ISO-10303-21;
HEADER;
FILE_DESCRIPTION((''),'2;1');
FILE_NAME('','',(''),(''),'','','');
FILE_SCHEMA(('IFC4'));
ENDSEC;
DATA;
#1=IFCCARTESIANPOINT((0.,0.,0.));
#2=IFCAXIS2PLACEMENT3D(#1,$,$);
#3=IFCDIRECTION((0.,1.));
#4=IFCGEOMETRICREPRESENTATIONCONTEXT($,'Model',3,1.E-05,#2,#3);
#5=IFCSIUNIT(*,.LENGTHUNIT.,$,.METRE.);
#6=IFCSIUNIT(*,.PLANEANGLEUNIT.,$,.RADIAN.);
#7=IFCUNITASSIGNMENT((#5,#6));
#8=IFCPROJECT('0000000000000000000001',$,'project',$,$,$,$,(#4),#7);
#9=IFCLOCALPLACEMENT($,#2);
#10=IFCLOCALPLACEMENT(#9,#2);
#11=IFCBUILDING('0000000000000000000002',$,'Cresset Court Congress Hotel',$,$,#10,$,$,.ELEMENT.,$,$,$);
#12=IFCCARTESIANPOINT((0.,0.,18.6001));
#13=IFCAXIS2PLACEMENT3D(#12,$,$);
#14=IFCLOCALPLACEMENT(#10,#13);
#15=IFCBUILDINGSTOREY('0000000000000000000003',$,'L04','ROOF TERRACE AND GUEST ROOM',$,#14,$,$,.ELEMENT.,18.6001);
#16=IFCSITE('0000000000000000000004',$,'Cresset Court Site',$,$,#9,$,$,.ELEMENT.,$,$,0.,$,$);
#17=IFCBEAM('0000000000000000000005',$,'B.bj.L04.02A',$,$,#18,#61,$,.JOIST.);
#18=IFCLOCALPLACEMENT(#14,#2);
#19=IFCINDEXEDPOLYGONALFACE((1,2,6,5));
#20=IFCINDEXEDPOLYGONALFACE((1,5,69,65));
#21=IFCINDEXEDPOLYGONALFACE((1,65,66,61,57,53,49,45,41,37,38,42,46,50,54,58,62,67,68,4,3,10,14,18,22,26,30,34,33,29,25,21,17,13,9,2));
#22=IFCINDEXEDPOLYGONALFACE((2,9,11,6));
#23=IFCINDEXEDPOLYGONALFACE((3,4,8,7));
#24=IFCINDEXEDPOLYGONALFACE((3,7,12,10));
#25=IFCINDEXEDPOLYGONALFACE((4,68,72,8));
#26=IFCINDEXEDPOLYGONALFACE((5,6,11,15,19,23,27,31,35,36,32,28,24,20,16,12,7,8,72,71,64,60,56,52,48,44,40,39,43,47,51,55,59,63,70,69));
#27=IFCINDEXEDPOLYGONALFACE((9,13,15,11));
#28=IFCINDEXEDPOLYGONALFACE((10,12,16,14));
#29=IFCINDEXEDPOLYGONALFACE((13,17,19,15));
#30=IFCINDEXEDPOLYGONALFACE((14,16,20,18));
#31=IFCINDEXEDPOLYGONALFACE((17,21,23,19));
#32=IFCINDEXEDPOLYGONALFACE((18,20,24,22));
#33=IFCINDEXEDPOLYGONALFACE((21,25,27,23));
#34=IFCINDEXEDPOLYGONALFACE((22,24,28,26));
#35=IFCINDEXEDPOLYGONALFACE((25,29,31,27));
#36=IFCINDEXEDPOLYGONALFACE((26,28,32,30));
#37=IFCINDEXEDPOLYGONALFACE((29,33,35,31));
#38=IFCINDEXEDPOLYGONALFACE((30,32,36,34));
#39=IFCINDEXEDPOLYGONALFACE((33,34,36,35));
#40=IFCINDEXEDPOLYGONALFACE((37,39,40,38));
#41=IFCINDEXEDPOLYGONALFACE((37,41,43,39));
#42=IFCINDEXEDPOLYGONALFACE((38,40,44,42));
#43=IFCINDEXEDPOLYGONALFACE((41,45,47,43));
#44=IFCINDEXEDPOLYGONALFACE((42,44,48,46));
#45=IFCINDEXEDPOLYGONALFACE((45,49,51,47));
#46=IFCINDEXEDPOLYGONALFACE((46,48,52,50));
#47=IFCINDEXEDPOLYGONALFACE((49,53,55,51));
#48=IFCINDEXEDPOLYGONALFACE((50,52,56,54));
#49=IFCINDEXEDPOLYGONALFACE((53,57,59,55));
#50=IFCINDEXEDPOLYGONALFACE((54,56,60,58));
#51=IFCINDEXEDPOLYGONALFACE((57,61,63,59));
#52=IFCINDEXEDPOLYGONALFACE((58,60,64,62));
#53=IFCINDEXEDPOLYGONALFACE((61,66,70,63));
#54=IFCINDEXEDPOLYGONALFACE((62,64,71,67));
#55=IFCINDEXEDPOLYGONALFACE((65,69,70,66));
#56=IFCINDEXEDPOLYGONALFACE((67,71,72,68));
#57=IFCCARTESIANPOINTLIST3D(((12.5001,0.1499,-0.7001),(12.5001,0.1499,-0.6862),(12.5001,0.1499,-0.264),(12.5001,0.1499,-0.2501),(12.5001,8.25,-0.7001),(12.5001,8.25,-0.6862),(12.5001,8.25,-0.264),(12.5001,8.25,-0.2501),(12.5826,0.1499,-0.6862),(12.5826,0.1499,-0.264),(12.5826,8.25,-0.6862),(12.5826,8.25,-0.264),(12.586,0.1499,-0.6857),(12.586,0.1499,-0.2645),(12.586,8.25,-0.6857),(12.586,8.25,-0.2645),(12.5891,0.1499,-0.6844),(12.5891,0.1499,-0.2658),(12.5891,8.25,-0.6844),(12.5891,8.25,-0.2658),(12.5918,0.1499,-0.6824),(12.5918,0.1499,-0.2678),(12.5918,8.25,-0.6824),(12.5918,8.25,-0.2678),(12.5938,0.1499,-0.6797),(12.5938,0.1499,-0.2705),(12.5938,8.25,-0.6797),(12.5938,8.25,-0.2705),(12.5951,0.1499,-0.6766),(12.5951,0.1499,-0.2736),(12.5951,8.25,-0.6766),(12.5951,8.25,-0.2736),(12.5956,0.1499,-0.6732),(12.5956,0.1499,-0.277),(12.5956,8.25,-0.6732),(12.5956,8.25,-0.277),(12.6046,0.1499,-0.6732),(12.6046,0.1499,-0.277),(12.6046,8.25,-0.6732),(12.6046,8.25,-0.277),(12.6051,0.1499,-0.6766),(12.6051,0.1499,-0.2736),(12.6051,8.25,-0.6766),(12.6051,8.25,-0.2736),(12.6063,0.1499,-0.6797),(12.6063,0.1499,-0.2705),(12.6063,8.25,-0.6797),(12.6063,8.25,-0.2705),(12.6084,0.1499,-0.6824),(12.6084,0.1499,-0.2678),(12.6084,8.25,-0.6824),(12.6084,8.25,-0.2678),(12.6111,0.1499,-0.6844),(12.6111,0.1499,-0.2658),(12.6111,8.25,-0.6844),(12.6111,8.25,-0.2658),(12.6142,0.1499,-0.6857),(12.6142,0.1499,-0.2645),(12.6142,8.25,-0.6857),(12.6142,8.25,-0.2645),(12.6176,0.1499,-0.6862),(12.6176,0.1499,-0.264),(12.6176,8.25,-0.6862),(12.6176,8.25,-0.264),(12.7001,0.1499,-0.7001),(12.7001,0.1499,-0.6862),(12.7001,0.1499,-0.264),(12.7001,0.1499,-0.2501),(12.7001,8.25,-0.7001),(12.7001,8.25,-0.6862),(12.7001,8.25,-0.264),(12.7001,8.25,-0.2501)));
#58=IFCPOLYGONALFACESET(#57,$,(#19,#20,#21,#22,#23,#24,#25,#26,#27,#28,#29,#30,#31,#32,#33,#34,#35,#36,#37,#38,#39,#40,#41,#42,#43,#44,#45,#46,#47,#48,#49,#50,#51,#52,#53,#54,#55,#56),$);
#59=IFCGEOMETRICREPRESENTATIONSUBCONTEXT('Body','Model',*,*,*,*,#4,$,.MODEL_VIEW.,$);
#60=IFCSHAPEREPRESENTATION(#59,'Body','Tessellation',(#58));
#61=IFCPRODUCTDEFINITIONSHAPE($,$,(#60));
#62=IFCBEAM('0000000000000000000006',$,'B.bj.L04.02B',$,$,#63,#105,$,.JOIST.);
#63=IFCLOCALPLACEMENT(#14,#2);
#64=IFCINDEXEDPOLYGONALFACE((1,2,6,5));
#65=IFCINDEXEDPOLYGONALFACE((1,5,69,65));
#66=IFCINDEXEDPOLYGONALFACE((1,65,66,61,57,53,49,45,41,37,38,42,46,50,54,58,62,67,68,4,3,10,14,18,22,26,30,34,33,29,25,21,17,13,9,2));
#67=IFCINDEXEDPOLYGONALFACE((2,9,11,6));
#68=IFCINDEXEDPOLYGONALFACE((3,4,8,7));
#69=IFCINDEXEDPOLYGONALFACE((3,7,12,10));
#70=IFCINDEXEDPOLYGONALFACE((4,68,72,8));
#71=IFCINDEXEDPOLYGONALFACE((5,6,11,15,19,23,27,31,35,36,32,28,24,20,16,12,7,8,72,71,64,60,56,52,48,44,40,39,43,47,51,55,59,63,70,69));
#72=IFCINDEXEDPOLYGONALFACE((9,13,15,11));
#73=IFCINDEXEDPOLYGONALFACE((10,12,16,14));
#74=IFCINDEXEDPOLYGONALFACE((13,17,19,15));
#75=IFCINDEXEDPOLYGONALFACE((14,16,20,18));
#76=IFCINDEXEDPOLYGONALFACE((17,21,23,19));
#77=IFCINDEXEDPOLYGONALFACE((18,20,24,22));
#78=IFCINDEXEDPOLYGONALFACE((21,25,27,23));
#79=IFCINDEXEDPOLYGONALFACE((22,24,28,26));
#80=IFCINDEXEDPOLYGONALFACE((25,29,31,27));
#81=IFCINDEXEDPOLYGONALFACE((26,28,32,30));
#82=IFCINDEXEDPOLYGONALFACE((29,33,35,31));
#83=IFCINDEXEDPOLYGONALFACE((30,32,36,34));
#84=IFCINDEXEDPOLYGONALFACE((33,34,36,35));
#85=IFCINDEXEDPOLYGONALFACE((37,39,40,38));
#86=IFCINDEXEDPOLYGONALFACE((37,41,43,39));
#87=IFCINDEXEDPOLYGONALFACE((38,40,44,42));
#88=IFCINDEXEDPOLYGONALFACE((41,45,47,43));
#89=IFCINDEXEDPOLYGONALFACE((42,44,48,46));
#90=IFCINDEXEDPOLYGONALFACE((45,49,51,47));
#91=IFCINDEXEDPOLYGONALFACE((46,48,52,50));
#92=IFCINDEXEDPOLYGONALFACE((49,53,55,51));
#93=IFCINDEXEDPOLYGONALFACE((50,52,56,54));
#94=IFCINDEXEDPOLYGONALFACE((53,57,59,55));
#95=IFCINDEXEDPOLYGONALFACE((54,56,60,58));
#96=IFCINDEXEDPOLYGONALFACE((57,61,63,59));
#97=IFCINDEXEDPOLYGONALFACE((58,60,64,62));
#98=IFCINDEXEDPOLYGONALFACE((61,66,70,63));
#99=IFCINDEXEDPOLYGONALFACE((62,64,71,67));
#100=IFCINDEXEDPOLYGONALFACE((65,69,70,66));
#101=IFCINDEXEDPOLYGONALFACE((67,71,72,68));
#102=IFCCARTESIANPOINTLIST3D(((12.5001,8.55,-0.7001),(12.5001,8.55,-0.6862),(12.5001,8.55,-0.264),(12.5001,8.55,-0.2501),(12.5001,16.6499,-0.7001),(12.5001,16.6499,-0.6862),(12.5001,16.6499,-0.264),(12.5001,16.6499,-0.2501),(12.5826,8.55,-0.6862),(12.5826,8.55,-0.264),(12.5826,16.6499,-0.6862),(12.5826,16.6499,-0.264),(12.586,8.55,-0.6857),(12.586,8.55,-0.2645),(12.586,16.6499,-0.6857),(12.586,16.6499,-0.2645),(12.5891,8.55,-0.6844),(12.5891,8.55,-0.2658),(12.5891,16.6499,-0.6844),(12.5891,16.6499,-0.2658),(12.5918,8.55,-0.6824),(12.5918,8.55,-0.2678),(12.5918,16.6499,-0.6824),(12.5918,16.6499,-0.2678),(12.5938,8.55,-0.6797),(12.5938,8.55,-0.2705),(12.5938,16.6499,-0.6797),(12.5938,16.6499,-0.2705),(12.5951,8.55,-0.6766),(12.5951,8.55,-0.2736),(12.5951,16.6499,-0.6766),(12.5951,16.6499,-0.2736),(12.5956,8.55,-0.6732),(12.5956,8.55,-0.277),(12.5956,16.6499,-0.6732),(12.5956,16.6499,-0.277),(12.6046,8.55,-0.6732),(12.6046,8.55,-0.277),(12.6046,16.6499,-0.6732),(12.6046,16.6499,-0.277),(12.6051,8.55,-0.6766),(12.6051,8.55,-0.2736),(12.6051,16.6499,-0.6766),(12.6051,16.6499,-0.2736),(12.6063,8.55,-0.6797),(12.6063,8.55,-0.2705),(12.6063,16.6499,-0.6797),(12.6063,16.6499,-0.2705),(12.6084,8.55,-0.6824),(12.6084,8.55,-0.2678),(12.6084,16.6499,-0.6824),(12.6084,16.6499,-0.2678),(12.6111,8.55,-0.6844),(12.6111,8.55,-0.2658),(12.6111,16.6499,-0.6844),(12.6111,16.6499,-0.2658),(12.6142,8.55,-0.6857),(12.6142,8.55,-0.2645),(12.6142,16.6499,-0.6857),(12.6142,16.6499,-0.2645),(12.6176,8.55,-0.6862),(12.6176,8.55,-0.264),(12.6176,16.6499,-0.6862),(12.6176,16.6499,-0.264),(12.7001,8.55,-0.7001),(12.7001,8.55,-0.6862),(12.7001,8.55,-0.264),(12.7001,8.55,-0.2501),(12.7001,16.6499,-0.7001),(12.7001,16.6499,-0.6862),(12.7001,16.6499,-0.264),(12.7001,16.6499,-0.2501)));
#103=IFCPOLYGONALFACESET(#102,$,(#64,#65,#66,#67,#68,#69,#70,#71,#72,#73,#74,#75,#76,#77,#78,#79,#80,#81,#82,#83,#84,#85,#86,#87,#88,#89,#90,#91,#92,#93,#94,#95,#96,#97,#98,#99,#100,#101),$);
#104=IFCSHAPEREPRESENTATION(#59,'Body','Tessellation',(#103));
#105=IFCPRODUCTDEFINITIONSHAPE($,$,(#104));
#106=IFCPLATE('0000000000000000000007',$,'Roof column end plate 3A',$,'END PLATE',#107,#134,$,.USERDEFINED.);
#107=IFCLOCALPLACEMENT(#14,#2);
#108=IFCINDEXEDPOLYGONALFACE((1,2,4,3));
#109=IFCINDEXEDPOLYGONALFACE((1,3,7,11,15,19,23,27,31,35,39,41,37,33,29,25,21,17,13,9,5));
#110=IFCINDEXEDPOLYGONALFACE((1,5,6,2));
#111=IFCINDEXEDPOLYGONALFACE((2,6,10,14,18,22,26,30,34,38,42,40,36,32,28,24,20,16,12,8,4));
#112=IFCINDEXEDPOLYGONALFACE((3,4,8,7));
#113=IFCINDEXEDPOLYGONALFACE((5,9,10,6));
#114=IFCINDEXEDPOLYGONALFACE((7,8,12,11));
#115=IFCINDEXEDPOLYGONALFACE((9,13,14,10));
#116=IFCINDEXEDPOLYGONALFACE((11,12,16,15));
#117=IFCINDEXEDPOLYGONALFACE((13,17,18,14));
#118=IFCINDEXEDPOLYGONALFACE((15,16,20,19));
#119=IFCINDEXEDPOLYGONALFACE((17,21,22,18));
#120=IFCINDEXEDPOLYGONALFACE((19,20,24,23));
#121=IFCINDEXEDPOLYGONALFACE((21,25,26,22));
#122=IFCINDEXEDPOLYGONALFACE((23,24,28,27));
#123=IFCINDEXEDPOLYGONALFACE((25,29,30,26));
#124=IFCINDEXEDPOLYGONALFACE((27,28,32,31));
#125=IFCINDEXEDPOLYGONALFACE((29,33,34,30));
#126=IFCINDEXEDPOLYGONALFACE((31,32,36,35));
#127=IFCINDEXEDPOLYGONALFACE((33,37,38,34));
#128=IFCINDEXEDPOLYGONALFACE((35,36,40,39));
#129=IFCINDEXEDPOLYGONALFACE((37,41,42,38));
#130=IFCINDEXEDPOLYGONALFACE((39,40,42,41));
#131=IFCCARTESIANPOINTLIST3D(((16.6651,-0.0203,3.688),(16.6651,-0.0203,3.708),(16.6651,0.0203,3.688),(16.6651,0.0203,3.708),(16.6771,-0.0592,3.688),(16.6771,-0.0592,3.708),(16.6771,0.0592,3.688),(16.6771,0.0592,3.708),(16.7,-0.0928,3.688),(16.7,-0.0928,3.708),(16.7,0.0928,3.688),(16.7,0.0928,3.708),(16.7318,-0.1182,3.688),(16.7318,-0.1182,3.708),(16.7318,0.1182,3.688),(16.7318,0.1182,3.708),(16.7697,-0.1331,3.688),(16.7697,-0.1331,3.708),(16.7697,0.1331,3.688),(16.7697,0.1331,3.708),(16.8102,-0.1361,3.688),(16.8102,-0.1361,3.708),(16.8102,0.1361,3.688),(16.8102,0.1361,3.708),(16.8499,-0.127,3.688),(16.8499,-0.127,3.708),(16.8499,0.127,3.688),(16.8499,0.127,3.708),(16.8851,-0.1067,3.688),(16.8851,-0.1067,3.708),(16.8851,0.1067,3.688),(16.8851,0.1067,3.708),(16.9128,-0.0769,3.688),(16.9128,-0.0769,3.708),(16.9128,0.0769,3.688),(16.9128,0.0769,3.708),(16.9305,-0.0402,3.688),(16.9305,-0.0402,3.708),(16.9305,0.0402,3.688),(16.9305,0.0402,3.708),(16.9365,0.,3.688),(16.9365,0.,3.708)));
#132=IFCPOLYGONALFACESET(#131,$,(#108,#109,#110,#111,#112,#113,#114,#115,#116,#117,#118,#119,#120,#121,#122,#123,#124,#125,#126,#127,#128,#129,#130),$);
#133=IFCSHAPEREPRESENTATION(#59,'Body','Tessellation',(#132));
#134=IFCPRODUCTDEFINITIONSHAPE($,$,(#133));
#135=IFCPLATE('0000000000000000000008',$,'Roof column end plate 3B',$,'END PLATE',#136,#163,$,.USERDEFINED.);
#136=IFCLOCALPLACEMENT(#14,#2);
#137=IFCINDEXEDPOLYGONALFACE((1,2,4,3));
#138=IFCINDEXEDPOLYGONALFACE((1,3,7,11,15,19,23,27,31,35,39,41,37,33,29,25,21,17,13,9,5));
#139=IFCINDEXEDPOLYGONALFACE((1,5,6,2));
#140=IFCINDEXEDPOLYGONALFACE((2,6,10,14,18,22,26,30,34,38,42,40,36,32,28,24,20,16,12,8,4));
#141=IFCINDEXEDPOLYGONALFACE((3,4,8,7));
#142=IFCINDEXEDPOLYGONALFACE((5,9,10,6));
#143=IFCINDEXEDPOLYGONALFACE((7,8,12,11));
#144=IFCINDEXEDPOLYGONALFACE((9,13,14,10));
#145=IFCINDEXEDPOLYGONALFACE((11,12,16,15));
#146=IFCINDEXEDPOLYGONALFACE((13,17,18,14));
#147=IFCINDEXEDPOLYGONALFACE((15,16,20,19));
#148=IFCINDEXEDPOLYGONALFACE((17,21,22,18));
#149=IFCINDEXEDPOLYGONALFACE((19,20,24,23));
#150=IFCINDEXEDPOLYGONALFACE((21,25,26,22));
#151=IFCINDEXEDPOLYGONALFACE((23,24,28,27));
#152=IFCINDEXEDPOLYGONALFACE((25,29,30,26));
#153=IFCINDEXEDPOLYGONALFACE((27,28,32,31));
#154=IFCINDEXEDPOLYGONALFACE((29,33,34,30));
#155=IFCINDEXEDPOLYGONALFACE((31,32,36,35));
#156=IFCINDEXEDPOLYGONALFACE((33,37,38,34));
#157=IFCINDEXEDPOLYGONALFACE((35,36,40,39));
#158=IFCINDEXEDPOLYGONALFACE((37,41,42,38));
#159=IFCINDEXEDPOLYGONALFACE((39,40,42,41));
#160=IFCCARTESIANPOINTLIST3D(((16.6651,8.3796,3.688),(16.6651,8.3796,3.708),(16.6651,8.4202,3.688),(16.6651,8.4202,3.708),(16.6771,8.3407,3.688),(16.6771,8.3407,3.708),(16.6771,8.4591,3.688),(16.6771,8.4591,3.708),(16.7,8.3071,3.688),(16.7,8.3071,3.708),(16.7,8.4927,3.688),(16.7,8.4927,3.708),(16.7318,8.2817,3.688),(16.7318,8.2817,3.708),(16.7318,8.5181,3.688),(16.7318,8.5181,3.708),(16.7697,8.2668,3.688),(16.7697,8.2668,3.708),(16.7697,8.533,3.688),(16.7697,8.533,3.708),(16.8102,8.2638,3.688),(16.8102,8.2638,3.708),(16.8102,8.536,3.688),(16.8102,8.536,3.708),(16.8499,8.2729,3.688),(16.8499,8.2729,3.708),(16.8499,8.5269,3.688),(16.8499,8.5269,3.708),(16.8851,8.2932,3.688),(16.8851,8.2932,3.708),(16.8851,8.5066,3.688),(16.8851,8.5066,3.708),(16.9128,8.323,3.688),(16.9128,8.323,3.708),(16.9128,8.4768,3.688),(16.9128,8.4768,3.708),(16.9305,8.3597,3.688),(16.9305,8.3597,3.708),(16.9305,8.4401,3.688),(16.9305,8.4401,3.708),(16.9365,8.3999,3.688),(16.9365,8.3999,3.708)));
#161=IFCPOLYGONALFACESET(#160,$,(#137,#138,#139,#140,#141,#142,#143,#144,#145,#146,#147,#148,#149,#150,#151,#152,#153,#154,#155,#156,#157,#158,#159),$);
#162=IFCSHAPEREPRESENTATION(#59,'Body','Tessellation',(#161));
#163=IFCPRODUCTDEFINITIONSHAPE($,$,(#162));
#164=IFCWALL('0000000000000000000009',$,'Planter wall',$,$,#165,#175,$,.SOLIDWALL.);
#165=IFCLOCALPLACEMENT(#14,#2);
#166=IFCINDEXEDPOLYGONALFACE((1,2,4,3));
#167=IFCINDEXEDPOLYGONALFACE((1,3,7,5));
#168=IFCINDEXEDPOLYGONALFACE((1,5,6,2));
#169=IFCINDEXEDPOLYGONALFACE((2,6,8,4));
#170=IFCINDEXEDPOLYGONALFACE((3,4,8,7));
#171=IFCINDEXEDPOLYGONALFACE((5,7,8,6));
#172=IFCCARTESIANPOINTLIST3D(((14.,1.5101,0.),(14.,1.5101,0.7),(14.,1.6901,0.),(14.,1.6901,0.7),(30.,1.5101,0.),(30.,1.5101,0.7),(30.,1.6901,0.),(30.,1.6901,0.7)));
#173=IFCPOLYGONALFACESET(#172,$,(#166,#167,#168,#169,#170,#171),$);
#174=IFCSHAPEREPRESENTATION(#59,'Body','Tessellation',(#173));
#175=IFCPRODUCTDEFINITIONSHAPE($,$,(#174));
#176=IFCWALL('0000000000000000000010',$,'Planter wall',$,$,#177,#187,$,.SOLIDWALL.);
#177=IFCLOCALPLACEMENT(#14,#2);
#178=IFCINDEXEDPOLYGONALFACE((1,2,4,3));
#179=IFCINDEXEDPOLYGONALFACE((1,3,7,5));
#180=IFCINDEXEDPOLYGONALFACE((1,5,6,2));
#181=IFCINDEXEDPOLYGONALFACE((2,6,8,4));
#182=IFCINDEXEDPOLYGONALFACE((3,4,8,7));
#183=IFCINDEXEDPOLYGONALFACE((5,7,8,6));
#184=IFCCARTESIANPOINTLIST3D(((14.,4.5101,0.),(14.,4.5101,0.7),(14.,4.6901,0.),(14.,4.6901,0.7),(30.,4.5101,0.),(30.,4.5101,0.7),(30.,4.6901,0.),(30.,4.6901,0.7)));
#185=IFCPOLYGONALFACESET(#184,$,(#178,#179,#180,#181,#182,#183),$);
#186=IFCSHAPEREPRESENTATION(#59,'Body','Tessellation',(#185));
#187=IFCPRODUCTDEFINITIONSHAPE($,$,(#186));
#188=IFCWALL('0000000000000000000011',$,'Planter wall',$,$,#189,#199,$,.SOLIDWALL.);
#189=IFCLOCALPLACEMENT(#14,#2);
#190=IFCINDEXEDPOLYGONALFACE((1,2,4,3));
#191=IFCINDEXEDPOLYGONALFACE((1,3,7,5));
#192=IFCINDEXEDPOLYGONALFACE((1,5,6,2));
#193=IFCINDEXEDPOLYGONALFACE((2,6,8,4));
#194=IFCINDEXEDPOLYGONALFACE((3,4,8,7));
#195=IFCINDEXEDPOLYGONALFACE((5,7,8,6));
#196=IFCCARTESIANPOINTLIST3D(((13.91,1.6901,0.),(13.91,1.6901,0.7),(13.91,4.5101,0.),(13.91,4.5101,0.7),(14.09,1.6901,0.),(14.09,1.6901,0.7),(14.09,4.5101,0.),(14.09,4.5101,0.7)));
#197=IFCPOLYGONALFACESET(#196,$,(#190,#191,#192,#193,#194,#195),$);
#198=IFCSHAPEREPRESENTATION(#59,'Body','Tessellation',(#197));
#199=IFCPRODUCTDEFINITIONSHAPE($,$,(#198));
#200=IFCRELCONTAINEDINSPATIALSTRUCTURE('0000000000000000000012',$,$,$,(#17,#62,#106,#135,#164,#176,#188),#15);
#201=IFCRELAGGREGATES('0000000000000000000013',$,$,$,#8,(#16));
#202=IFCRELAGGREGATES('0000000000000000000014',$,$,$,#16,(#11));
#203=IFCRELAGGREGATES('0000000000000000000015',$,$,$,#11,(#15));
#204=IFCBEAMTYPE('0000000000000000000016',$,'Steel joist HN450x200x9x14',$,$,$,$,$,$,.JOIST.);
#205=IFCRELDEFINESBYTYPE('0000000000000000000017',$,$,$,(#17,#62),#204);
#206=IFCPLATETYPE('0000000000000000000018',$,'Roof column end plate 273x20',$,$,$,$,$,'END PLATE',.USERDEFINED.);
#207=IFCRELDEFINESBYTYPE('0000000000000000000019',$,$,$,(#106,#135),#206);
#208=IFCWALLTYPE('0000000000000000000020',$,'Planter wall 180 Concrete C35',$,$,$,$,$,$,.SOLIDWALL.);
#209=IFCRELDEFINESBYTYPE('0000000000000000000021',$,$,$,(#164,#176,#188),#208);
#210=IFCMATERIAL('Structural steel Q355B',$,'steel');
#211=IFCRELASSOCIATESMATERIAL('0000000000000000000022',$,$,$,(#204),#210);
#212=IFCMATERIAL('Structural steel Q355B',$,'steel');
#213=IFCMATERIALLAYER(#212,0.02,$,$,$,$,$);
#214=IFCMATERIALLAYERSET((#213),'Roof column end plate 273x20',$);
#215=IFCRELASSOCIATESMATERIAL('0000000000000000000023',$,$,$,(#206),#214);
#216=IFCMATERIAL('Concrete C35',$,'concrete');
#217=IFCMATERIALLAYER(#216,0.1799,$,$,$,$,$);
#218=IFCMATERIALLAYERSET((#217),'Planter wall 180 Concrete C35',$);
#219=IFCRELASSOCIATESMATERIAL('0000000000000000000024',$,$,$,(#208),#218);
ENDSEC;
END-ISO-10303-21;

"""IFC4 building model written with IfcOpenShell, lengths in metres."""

from ifc_helpers import new_model, si_unit, direction, frame, frame_2d, origin, origin_2d, place, context, subcontext, project, spatial, rectangle, circle, i_section, extrude, material, layer, layer_set, material_profile, profile_set, type_object, element, save


model = new_model("IFC4")

# Units and contexts
model_context = context("Model", 3, precision=1e-05, world=origin(), true_north=direction((0.0, 1.0)))
body_context = subcontext(model_context, "Body", "Model", "MODEL_VIEW")
ifc_project = project(units=[si_unit("LENGTHUNIT", "METRE"), si_unit("PLANEANGLEUNIT", "RADIAN")], contexts=[model_context])

# Site, building, storey
site_placement = place(None, origin())
site = spatial("IfcSite", under=ifc_project, at=site_placement, Name="Cresset Court Site", CompositionType="ELEMENT", RefElevation=0.0)
building_placement = place(site_placement, origin())
building = spatial("IfcBuilding", under=site, at=building_placement, Name="Cresset Court Congress Hotel", CompositionType="ELEMENT")
storey_placement = place(building_placement, frame((0.0, 0.0, 18.6001)))
storey = spatial("IfcBuildingStorey", under=building, at=storey_placement, Name="L04", Description="ROOF TERRACE AND GUEST ROOM", CompositionType="ELEMENT", Elevation=18.6001)

# Beams
ifc_material_1 = material(Name="Structural steel Q355B", Category="steel")
ifc_material_profile_1 = material_profile(ifc_material_1, i_section(OverallWidth=0.2, OverallDepth=0.45, WebThickness=0.009, FlangeThickness=0.0139, FilletRadius=0.0129, at=origin_2d()), Name="HN450x200x9x14")
ifc_profile_set_1 = profile_set([ifc_material_profile_1], Name="Structural steel Q355B")
beam_type_1 = type_object("IfcBeamType", Name="Steel joist HN450x200x9x14", PredefinedType="JOIST", material=ifc_profile_set_1)
beam_1_placement = place(storey_placement, frame((12.6001, 0.1499, -0.4751), z_axis=(0.0, 1.0, 0.0), x_axis=(-1.0, 0.0, 0.0)))
element("IfcBeam", 1, at=beam_1_placement, inside=storey, type_object=beam_type_1, Name="B.bj.L04.02A", PredefinedType="JOIST", context=body_context, shape_type="SweptSolid", body=[
    extrude(i_section(OverallWidth=0.2, OverallDepth=0.45, WebThickness=0.009, FlangeThickness=0.0139, FilletRadius=0.0129, at=origin_2d()), origin(), (0.0, 0.0, 1.0), 8.1001),
])
beam_2_placement = place(storey_placement, frame((12.6001, 8.55, -0.4751), z_axis=(0.0, 1.0, 0.0), x_axis=(-1.0, 0.0, 0.0)))
element("IfcBeam", 2, at=beam_2_placement, inside=storey, type_object=beam_type_1, Name="B.bj.L04.02B", PredefinedType="JOIST", context=body_context, shape_type="SweptSolid", body=[
    extrude(i_section(OverallWidth=0.2, OverallDepth=0.45, WebThickness=0.009, FlangeThickness=0.0139, FilletRadius=0.0129, at=origin_2d()), origin(), (0.0, 0.0, 1.0), 8.0999),
])

# Plates
ifc_material_2 = material(Name="Structural steel Q355B", Category="steel")
ifc_layer_1 = layer(ifc_material_2, 0.02)
ifc_layer_set_1 = layer_set([ifc_layer_1], Name="Roof column end plate 273x20")
plate_type = type_object("IfcPlateType", Name="Roof column end plate 273x20", ElementType="END PLATE", PredefinedType="USERDEFINED", material=ifc_layer_set_1)
for number, where, z_axis, x_axis, name in (
    (3, (16.8, 0.0, 3.688), (0.0, 0.0, 1.0), (1.0, 0.0, 0.0), "Roof column end plate 3A"),
    (4, (16.8, 8.3999, 3.688), (0.0, 0.0, 1.0), (1.0, 0.0, 0.0), "Roof column end plate 3B"),
):
    element("IfcPlate", number, at=place(storey_placement, frame(where, z_axis=z_axis, x_axis=x_axis)), inside=storey, type_object=plate_type, Name=name, ObjectType="END PLATE", PredefinedType="USERDEFINED", context=body_context, shape_type="SweptSolid", body=[
        extrude(circle(Radius=0.1365, at=origin_2d()), origin(), (0.0, 0.0, 1.0), 0.02),
    ])

# Walls
ifc_material_3 = material(Name="Concrete C35", Category="concrete")
ifc_layer_2 = layer(ifc_material_3, 0.1799)
ifc_layer_set_2 = layer_set([ifc_layer_2], Name="Planter wall 180 Concrete C35")
wall_type = type_object("IfcWallType", Name="Planter wall 180 Concrete C35", PredefinedType="SOLIDWALL", material=ifc_layer_set_2)
for number, where, z_axis, x_axis, name in (
    (5, (14.0, 1.6001, 0.0), (0.0, 0.0, 1.0), (1.0, 0.0, 0.0), "Planter wall"),
    (6, (14.0, 4.6001, 0.0), (0.0, 0.0, 1.0), (1.0, 0.0, 0.0), "Planter wall"),
):
    element("IfcWall", number, at=place(storey_placement, frame(where, z_axis=z_axis, x_axis=x_axis)), inside=storey, type_object=wall_type, Name=name, PredefinedType="SOLIDWALL", context=body_context, shape_type="SweptSolid", body=[
        extrude(rectangle(XDim=16.0, YDim=0.1799, at=frame_2d((8.0, 0.0))), origin(), (0.0, 0.0, 1.0), 0.7),
    ])
wall_1_placement = place(storey_placement, frame((14.0, 1.6899, 0.0), z_axis=(0.0, 0.0, 1.0), x_axis=(0.0, 1.0, 0.0)))
element("IfcWall", 7, at=wall_1_placement, inside=storey, type_object=wall_type, Name="Planter wall", PredefinedType="SOLIDWALL", context=body_context, shape_type="SweptSolid", body=[
    extrude(rectangle(XDim=2.8201, YDim=0.1799, at=frame_2d((1.4102, 0.0))), origin(), (0.0, 0.0, 1.0), 0.7),
])

save(model, "model.ifc")
